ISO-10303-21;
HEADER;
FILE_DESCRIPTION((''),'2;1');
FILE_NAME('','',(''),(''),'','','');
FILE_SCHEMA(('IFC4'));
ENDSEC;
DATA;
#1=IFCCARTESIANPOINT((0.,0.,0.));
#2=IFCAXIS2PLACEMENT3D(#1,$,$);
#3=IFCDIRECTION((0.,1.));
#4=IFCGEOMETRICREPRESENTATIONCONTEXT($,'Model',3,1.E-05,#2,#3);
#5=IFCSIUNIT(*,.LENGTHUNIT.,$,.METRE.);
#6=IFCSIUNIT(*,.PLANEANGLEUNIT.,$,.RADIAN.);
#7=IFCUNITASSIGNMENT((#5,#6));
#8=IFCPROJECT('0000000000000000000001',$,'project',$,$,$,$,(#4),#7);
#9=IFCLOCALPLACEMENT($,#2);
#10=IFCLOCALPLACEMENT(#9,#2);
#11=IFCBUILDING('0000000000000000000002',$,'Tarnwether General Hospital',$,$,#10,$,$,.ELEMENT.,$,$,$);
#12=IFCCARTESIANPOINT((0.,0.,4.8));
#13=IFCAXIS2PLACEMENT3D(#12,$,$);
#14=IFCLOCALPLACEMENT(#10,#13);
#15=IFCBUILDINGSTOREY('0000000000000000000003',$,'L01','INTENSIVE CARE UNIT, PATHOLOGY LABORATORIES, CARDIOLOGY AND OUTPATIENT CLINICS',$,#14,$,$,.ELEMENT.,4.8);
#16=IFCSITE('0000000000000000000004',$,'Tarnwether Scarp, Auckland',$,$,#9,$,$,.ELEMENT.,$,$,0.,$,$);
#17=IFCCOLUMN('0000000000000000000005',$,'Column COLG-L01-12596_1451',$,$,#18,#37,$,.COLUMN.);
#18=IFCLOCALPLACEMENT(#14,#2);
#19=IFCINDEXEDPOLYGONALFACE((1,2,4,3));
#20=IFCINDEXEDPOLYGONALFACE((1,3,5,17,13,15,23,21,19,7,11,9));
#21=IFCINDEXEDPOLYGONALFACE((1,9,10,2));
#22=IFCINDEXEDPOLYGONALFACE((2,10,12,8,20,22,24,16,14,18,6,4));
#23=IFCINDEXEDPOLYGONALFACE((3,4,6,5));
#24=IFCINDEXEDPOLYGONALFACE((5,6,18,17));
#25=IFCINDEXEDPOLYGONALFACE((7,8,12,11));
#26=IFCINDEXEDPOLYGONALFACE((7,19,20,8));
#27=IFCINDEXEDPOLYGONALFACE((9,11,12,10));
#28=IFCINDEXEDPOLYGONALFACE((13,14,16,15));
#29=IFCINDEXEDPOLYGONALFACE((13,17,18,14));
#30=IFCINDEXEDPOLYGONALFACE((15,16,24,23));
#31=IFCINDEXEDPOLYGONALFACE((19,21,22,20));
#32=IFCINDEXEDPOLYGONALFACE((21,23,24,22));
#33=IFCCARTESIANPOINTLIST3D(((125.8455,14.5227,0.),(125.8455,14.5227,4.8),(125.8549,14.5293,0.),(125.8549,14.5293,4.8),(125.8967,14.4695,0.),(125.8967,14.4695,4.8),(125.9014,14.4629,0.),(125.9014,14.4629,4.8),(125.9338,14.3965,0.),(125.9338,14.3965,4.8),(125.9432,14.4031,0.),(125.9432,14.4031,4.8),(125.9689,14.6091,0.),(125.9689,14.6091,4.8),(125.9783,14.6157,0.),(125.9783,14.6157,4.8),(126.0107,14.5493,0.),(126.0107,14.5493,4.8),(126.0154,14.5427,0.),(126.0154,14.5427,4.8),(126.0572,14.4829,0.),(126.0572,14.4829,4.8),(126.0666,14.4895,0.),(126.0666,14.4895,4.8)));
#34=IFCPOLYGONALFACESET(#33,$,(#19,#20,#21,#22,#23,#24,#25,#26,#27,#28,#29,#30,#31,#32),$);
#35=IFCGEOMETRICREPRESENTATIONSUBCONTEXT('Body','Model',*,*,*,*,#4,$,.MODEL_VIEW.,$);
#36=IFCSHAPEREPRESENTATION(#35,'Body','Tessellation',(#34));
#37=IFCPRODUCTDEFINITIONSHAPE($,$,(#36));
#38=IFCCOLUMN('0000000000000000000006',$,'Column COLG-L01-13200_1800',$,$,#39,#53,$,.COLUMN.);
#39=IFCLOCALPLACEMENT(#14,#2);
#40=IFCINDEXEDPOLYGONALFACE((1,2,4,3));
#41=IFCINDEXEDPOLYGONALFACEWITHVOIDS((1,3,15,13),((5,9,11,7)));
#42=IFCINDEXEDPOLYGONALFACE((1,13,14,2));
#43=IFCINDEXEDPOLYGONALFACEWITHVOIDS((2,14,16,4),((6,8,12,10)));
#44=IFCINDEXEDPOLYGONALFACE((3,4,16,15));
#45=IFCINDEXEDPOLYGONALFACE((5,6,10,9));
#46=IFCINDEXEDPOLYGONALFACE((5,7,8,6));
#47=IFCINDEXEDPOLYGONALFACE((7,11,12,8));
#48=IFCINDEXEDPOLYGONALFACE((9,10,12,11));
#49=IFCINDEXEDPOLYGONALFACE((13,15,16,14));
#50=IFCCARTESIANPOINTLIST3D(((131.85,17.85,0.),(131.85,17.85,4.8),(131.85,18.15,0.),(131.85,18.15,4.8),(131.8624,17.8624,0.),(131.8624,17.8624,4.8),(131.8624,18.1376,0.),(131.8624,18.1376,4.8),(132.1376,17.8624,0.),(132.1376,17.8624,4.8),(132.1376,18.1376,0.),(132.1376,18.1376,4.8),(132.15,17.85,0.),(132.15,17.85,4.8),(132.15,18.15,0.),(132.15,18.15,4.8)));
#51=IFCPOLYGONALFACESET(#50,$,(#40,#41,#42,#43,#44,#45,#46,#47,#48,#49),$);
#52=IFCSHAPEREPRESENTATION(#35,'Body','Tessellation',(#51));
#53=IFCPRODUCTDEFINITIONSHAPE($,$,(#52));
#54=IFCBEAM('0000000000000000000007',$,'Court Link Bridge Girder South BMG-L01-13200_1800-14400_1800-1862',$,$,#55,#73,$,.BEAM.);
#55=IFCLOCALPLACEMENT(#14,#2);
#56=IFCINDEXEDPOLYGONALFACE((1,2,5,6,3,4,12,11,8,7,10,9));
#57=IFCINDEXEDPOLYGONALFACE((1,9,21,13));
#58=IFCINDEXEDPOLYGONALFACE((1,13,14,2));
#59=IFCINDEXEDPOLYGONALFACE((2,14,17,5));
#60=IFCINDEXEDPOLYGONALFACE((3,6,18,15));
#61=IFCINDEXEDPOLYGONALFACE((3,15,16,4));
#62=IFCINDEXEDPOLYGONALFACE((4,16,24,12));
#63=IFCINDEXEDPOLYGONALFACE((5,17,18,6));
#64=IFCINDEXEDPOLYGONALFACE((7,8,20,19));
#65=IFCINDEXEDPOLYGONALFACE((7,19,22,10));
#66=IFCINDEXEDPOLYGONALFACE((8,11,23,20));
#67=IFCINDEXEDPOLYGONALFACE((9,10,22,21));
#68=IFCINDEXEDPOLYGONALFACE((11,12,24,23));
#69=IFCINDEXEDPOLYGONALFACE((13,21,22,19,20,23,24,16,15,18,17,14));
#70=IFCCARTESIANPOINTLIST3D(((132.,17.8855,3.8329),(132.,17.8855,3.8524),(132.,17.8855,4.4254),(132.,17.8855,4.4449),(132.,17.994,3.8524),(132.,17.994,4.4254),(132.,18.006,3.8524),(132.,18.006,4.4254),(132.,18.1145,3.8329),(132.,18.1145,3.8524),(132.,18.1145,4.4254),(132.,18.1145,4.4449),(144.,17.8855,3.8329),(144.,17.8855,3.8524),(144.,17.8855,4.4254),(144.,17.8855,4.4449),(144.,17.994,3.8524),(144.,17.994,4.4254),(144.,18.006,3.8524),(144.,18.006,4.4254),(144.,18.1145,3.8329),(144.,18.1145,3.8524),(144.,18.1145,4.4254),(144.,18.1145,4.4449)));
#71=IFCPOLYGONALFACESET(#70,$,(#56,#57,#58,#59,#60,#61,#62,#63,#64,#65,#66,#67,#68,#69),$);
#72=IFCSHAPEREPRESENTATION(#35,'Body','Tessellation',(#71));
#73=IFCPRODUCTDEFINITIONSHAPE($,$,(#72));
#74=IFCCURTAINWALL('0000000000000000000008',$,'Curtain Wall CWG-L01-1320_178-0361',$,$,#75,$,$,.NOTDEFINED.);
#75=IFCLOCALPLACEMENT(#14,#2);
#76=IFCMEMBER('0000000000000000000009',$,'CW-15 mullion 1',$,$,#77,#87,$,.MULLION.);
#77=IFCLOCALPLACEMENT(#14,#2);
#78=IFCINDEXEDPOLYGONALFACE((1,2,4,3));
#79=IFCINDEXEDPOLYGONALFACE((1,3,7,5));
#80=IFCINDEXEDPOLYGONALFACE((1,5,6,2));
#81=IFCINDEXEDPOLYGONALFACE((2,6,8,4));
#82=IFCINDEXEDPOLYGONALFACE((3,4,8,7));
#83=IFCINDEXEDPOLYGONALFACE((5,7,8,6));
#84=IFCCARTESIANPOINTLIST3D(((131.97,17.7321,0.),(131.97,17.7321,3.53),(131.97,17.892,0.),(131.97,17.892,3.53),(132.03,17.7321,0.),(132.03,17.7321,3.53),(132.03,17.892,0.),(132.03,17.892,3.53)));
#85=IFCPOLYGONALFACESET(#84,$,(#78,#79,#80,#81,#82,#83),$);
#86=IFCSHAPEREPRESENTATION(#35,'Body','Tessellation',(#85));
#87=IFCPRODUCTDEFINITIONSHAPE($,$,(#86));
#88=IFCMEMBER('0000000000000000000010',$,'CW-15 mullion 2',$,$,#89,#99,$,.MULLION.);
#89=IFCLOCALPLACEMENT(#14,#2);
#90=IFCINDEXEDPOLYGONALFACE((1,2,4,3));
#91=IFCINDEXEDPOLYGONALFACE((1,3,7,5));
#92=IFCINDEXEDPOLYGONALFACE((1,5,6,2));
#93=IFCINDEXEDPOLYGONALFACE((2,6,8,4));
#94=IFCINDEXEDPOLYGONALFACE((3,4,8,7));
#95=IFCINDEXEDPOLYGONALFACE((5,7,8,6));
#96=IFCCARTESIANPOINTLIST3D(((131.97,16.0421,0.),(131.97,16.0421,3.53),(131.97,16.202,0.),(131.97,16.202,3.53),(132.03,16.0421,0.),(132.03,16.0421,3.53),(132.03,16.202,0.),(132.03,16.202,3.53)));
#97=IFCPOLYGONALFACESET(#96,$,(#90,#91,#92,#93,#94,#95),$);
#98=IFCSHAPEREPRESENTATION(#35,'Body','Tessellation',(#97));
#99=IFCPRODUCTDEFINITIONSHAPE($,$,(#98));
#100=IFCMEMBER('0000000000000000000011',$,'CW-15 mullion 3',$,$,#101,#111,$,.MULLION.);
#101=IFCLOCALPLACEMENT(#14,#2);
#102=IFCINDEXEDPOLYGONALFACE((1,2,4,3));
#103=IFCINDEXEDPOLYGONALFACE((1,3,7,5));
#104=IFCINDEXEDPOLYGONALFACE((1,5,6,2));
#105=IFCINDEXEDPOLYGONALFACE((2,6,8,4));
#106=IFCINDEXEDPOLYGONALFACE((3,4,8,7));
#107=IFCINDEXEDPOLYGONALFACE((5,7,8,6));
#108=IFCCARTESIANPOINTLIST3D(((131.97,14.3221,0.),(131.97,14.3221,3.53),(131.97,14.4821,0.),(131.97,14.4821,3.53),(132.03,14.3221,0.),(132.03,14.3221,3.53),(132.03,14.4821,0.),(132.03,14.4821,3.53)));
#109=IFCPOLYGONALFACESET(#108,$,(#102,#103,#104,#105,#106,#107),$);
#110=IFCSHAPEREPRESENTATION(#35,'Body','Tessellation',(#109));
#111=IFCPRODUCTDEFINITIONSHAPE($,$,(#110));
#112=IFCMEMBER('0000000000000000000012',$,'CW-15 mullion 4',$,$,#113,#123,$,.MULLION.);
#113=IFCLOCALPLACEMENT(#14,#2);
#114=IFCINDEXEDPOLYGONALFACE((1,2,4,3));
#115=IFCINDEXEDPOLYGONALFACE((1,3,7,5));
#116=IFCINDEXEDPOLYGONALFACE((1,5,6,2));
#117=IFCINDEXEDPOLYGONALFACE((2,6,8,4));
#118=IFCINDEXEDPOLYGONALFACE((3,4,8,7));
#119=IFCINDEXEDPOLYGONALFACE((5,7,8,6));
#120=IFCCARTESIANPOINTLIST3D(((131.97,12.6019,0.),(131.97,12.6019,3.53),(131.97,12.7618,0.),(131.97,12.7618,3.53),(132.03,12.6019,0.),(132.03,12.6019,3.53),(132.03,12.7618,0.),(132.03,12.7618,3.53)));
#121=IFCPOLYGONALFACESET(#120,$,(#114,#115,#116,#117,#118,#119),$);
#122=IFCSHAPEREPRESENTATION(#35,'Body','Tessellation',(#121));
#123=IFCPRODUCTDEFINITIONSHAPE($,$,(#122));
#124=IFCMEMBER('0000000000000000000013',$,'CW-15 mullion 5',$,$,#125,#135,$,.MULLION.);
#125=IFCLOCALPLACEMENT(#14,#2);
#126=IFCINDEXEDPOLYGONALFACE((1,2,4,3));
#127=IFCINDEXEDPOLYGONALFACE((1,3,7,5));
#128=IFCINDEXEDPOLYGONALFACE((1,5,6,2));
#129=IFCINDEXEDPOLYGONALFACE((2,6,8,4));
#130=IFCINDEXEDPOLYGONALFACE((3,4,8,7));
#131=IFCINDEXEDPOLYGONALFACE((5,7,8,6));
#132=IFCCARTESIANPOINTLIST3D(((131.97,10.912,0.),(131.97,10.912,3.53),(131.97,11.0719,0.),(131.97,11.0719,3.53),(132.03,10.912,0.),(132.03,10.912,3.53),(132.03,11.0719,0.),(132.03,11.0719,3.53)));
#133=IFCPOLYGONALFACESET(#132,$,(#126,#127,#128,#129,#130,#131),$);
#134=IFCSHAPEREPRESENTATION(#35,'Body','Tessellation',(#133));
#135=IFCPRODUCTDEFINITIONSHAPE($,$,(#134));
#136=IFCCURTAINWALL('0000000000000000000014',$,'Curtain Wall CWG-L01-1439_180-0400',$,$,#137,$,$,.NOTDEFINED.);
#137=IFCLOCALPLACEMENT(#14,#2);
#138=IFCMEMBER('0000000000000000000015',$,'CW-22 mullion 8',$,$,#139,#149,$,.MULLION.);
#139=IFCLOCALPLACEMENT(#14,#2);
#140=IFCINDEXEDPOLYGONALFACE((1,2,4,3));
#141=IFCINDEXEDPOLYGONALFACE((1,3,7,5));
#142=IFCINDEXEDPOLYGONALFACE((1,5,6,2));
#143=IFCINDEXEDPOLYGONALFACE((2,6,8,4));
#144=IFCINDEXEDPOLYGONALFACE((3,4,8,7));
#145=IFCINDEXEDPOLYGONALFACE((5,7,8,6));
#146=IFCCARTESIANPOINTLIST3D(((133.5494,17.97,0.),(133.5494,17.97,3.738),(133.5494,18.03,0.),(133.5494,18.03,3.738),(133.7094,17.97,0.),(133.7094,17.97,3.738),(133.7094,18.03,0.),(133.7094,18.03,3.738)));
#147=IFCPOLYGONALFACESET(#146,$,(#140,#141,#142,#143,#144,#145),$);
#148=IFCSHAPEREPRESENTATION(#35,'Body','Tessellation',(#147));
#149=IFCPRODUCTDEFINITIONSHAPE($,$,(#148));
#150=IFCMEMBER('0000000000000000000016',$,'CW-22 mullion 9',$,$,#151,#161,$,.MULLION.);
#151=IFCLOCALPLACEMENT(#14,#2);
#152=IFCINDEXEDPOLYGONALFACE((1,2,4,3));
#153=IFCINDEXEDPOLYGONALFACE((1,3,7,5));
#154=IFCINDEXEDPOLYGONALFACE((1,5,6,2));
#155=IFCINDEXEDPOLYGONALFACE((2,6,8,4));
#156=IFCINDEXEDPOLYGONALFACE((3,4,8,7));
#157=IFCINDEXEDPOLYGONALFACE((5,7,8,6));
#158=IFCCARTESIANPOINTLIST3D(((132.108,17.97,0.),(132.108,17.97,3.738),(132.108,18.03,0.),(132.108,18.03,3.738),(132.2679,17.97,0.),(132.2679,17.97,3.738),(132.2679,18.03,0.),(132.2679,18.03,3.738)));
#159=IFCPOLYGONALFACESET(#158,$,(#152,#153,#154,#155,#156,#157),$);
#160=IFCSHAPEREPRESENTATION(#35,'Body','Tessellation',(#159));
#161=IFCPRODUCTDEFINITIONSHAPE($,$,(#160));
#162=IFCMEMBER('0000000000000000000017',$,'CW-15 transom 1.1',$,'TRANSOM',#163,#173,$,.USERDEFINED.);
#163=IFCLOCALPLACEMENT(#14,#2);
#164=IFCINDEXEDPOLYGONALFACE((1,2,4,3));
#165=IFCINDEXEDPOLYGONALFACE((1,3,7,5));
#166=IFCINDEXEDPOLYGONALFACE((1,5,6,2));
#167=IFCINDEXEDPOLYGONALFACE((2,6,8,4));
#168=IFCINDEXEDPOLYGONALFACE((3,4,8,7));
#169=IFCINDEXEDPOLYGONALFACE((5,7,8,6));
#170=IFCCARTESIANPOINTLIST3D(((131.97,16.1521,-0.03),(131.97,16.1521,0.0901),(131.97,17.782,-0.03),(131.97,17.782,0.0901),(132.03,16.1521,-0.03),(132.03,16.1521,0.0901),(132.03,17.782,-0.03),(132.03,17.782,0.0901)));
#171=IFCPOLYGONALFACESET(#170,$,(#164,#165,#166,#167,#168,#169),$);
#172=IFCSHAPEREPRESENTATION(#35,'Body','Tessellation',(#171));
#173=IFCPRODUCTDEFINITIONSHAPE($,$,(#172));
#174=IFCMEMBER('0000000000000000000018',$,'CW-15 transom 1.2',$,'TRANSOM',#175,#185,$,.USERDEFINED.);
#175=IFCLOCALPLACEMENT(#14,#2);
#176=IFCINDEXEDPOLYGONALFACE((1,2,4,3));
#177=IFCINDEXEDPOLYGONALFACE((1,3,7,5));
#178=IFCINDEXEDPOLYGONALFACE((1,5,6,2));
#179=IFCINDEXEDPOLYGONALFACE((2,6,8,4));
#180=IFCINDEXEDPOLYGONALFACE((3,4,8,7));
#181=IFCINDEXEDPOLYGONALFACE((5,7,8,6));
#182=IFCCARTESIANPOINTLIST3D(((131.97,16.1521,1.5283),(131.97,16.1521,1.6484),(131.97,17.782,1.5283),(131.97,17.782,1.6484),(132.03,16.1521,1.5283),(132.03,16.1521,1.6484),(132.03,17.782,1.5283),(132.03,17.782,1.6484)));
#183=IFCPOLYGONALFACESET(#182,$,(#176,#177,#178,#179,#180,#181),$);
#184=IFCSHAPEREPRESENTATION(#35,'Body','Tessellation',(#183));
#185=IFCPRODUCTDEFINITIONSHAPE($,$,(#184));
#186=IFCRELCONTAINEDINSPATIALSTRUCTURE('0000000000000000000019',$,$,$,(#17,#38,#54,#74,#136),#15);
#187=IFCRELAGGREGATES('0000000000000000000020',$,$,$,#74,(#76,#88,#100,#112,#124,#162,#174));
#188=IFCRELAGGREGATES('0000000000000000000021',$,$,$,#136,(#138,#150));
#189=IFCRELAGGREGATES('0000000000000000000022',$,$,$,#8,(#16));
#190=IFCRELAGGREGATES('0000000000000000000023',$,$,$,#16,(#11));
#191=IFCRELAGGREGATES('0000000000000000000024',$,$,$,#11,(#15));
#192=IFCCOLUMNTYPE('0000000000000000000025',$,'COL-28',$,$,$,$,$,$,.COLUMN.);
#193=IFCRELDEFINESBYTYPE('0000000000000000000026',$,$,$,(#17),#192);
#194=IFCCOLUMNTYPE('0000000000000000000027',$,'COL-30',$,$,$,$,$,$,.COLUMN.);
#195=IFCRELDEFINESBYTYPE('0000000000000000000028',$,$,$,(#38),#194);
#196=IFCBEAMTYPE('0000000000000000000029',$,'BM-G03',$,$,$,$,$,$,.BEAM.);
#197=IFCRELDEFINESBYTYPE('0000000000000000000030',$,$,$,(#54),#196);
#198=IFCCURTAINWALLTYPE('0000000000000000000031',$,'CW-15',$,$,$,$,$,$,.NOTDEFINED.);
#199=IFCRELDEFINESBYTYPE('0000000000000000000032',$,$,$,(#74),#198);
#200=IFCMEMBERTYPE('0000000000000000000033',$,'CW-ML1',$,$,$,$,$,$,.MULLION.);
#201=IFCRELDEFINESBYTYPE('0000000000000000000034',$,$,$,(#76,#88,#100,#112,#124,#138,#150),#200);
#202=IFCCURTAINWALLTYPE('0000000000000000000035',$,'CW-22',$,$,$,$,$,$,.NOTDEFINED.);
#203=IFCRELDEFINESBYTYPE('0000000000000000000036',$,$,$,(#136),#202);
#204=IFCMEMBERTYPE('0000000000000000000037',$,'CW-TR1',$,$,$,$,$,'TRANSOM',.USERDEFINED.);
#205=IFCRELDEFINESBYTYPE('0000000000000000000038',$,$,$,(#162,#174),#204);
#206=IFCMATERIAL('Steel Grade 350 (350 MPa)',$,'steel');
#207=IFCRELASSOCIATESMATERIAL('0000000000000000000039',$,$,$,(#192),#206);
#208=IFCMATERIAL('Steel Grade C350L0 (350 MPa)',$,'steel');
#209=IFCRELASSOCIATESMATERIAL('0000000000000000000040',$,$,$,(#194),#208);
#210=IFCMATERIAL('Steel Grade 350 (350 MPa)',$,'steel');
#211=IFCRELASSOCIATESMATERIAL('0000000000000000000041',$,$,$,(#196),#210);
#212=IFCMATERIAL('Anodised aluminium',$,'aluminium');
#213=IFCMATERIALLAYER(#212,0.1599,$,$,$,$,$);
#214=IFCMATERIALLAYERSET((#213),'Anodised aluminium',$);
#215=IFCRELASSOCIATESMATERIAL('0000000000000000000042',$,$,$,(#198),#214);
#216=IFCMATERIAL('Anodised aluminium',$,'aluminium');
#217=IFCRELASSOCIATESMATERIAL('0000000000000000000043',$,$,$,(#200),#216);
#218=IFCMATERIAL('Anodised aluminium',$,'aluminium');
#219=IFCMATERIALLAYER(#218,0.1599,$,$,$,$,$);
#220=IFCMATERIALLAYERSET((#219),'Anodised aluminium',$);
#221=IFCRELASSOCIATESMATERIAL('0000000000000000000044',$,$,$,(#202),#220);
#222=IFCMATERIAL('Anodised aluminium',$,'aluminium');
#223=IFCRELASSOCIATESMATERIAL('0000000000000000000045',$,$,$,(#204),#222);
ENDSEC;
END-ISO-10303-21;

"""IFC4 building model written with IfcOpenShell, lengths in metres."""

from ifc_helpers import new_model, si_unit, direction, frame, origin, origin_2d, place, context, subcontext, project, spatial, rectangle, hollow_rectangle, i_section, extrude, material, layer, layer_set, material_profile, profile_set, type_object, element, aggregate, save


model = new_model("IFC4")

# Units and contexts
model_context = context("Model", 3, precision=1e-05, world=origin(), true_north=direction((0.0, 1.0)))
body_context = subcontext(model_context, "Body", "Model", "MODEL_VIEW")
ifc_project = project(units=[si_unit("LENGTHUNIT", "METRE"), si_unit("PLANEANGLEUNIT", "RADIAN")], contexts=[model_context])

# Site, building, storey
site_placement = place(None, origin())
site = spatial("IfcSite", under=ifc_project, at=site_placement, Name="Tarnwether Scarp, Auckland", CompositionType="ELEMENT", RefElevation=0.0)
building_placement = place(site_placement, origin())
building = spatial("IfcBuilding", under=site, at=building_placement, Name="Tarnwether General Hospital", CompositionType="ELEMENT")
storey_placement = place(building_placement, frame((0.0, 0.0, 4.8)))
storey = spatial("IfcBuildingStorey", under=building, at=storey_placement, Name="L01", Description="INTENSIVE CARE UNIT, PATHOLOGY LABORATORIES, CARDIOLOGY AND OUTPATIENT CLINICS", CompositionType="ELEMENT", Elevation=4.8)

# Columns
ifc_material_1 = material(Name="Steel Grade 350 (350 MPa)", Category="steel")
ifc_material_profile_1 = material_profile(ifc_material_1, i_section(OverallWidth=0.1541, OverallDepth=0.1621, WebThickness=0.0081, FlangeThickness=0.0115, at=origin_2d()), Name="150UC37.2")
ifc_profile_set_1 = profile_set([ifc_material_profile_1], Name="Steel Grade 350 (350 MPa)")
column_type_1 = type_object("IfcColumnType", Name="COL-28", PredefinedType="COLUMN", material=ifc_profile_set_1)
column_1_placement = place(storey_placement, frame((125.9561, 14.5061, 0.0), z_axis=(0.0, 0.0, 1.0), x_axis=(-0.573576, 0.819152, 0.0)))
element("IfcColumn", 1, at=column_1_placement, inside=storey, type_object=column_type_1, Name="Column COLG-L01-12596_1451", PredefinedType="COLUMN", context=body_context, shape_type="SweptSolid", body=[
    extrude(i_section(OverallWidth=0.1541, OverallDepth=0.1621, WebThickness=0.0081, FlangeThickness=0.0115, at=origin_2d()), origin(), (0.0, 0.0, 1.0), 4.8),
])
ifc_material_2 = material(Name="Steel Grade C350L0 (350 MPa)", Category="steel")
ifc_material_profile_2 = material_profile(ifc_material_2, hollow_rectangle(XDim=0.3, YDim=0.3, WallThickness=0.0125, at=origin_2d()), Name="SHS300x300x12.5")
ifc_profile_set_2 = profile_set([ifc_material_profile_2], Name="Steel Grade C350L0 (350 MPa)")
column_type_2 = type_object("IfcColumnType", Name="COL-30", PredefinedType="COLUMN", material=ifc_profile_set_2)
column_2_placement = place(storey_placement, frame((132.0, 18.0, 0.0), z_axis=(0.0, 0.0, 1.0), x_axis=(1.0, 0.0, 0.0)))
element("IfcColumn", 2, at=column_2_placement, inside=storey, type_object=column_type_2, Name="Column COLG-L01-13200_1800", PredefinedType="COLUMN", context=body_context, shape_type="SweptSolid", body=[
    extrude(hollow_rectangle(XDim=0.3, YDim=0.3, WallThickness=0.0125, at=origin_2d()), origin(), (0.0, 0.0, 1.0), 4.8),
])

# Beam
ifc_material_3 = material(Name="Steel Grade 350 (350 MPa)", Category="steel")
ifc_material_profile_3 = material_profile(ifc_material_3, i_section(OverallWidth=0.229, OverallDepth=0.6121, WebThickness=0.012, FlangeThickness=0.0195, at=origin_2d()), Name="610UB125")
ifc_profile_set_3 = profile_set([ifc_material_profile_3], Name="Steel Grade 350 (350 MPa)")
beam_type = type_object("IfcBeamType", Name="BM-G03", PredefinedType="BEAM", material=ifc_profile_set_3)
beam_placement = place(storey_placement, frame((132.0, 18.0, 4.1389), z_axis=(1.0, 0.0, 0.0), x_axis=(0.0, 1.0, 0.0)))
element("IfcBeam", 3, at=beam_placement, inside=storey, type_object=beam_type, Name="Court Link Bridge Girder South BMG-L01-13200_1800-14400_1800-1862", PredefinedType="BEAM", context=body_context, shape_type="SweptSolid", body=[
    extrude(i_section(OverallWidth=0.229, OverallDepth=0.6121, WebThickness=0.012, FlangeThickness=0.0195, at=origin_2d()), origin(), (0.0, 0.0, 1.0), 12.0),
])

# Curtain walls, members
ifc_material_4 = material(Name="Anodised aluminium", Category="aluminium")
ifc_layer_1 = layer(ifc_material_4, 0.1599)
ifc_layer_set_1 = layer_set([ifc_layer_1], Name="Anodised aluminium")
curtain_wall_type_1 = type_object("IfcCurtainWallType", Name="CW-15", PredefinedType="NOTDEFINED", material=ifc_layer_set_1)
curtain_wall_1_placement = place(storey_placement, origin())
curtain_wall_1 = element("IfcCurtainWall", 4, at=curtain_wall_1_placement, inside=storey, type_object=curtain_wall_type_1, Name="Curtain Wall CWG-L01-1320_178-0361", PredefinedType="NOTDEFINED")
ifc_material_5 = material(Name="Anodised aluminium", Category="aluminium")
ifc_material_profile_4 = material_profile(ifc_material_5, rectangle(XDim=0.0601, YDim=0.1599, at=origin_2d()), Name="ALU-MUL-60x160")
ifc_profile_set_4 = profile_set([ifc_material_profile_4], Name="Anodised aluminium")
member_type_1 = type_object("IfcMemberType", Name="CW-ML1", PredefinedType="MULLION", material=ifc_profile_set_4)
member_1_placement = place(storey_placement, frame((132.0, 17.812, 0.0), z_axis=(0.0, 0.0, 1.0), x_axis=(1.0, 0.0, 0.0)))
member_1 = element("IfcMember", 5, at=member_1_placement, type_object=member_type_1, Name="CW-15 mullion 1", PredefinedType="MULLION", context=body_context, shape_type="SweptSolid", body=[
    extrude(rectangle(XDim=0.0601, YDim=0.1599, at=origin_2d()), origin(), (0.0, 0.0, 1.0), 3.53),
])
member_2_placement = place(storey_placement, frame((132.0, 16.1221, 0.0), z_axis=(0.0, 0.0, 1.0), x_axis=(1.0, 0.0, 0.0)))
member_2 = element("IfcMember", 6, at=member_2_placement, type_object=member_type_1, Name="CW-15 mullion 2", PredefinedType="MULLION", context=body_context, shape_type="SweptSolid", body=[
    extrude(rectangle(XDim=0.0601, YDim=0.1599, at=origin_2d()), origin(), (0.0, 0.0, 1.0), 3.53),
])
member_3_placement = place(storey_placement, frame((132.0, 14.4021, 0.0), z_axis=(0.0, 0.0, 1.0), x_axis=(1.0, 0.0, 0.0)))
member_3 = element("IfcMember", 7, at=member_3_placement, type_object=member_type_1, Name="CW-15 mullion 3", PredefinedType="MULLION", context=body_context, shape_type="SweptSolid", body=[
    extrude(rectangle(XDim=0.0601, YDim=0.1599, at=origin_2d()), origin(), (0.0, 0.0, 1.0), 3.53),
])
member_4_placement = place(storey_placement, frame((132.0, 12.6819, 0.0), z_axis=(0.0, 0.0, 1.0), x_axis=(1.0, 0.0, 0.0)))
member_4 = element("IfcMember", 8, at=member_4_placement, type_object=member_type_1, Name="CW-15 mullion 4", PredefinedType="MULLION", context=body_context, shape_type="SweptSolid", body=[
    extrude(rectangle(XDim=0.0601, YDim=0.1599, at=origin_2d()), origin(), (0.0, 0.0, 1.0), 3.53),
])
member_5_placement = place(storey_placement, frame((132.0, 10.9919, 0.0), z_axis=(0.0, 0.0, 1.0), x_axis=(1.0, 0.0, 0.0)))
member_5 = element("IfcMember", 9, at=member_5_placement, type_object=member_type_1, Name="CW-15 mullion 5", PredefinedType="MULLION", context=body_context, shape_type="SweptSolid", body=[
    extrude(rectangle(XDim=0.0601, YDim=0.1599, at=origin_2d()), origin(), (0.0, 0.0, 1.0), 3.53),
])
ifc_material_6 = material(Name="Anodised aluminium", Category="aluminium")
ifc_layer_2 = layer(ifc_material_6, 0.1599)
ifc_layer_set_2 = layer_set([ifc_layer_2], Name="Anodised aluminium")
curtain_wall_type_2 = type_object("IfcCurtainWallType", Name="CW-22", PredefinedType="NOTDEFINED", material=ifc_layer_set_2)
curtain_wall_2_placement = place(storey_placement, origin())
curtain_wall_2 = element("IfcCurtainWall", 10, at=curtain_wall_2_placement, inside=storey, type_object=curtain_wall_type_2, Name="Curtain Wall CWG-L01-1439_180-0400", PredefinedType="NOTDEFINED")
member_6_placement = place(storey_placement, frame((133.6294, 18.0, 0.0), z_axis=(0.0, 0.0, 1.0), x_axis=(0.0, -1.0, 0.0)))
member_6 = element("IfcMember", 11, at=member_6_placement, type_object=member_type_1, Name="CW-22 mullion 8", PredefinedType="MULLION", context=body_context, shape_type="SweptSolid", body=[
    extrude(rectangle(XDim=0.0601, YDim=0.1599, at=origin_2d()), origin(), (0.0, 0.0, 1.0), 3.738),
])
member_7_placement = place(storey_placement, frame((132.188, 18.0, 0.0), z_axis=(0.0, 0.0, 1.0), x_axis=(0.0, -1.0, 0.0)))
member_7 = element("IfcMember", 12, at=member_7_placement, type_object=member_type_1, Name="CW-22 mullion 9", PredefinedType="MULLION", context=body_context, shape_type="SweptSolid", body=[
    extrude(rectangle(XDim=0.0601, YDim=0.1599, at=origin_2d()), origin(), (0.0, 0.0, 1.0), 3.738),
])

# Members
ifc_material_7 = material(Name="Anodised aluminium", Category="aluminium")
ifc_material_profile_5 = material_profile(ifc_material_7, rectangle(XDim=0.0601, YDim=0.1201, at=origin_2d()), Name="ALU-TRN-60x120")
ifc_profile_set_5 = profile_set([ifc_material_profile_5], Name="Anodised aluminium")
member_type_2 = type_object("IfcMemberType", Name="CW-TR1", ElementType="TRANSOM", PredefinedType="USERDEFINED", material=ifc_profile_set_5)
member_8_placement = place(storey_placement, frame((132.0, 17.782, 0.03), z_axis=(0.0, -1.0, 0.0), x_axis=(1.0, 0.0, 0.0)))
member_8 = element("IfcMember", 13, at=member_8_placement, type_object=member_type_2, Name="CW-15 transom 1.1", ObjectType="TRANSOM", PredefinedType="USERDEFINED", context=body_context, shape_type="SweptSolid", body=[
    extrude(rectangle(XDim=0.0601, YDim=0.1201, at=origin_2d()), origin(), (0.0, 0.0, 1.0), 1.6299),
])
member_9_placement = place(storey_placement, frame((132.0, 17.782, 1.5884), z_axis=(0.0, -1.0, 0.0), x_axis=(1.0, 0.0, 0.0)))
member_9 = element("IfcMember", 14, at=member_9_placement, type_object=member_type_2, Name="CW-15 transom 1.2", ObjectType="TRANSOM", PredefinedType="USERDEFINED", context=body_context, shape_type="SweptSolid", body=[
    extrude(rectangle(XDim=0.0601, YDim=0.1201, at=origin_2d()), origin(), (0.0, 0.0, 1.0), 1.6299),
])

aggregate(curtain_wall_1, [member_1, member_2, member_3, member_4, member_5, member_8, member_9])
aggregate(curtain_wall_2, [member_6, member_7])

save(model, "model.ifc")
